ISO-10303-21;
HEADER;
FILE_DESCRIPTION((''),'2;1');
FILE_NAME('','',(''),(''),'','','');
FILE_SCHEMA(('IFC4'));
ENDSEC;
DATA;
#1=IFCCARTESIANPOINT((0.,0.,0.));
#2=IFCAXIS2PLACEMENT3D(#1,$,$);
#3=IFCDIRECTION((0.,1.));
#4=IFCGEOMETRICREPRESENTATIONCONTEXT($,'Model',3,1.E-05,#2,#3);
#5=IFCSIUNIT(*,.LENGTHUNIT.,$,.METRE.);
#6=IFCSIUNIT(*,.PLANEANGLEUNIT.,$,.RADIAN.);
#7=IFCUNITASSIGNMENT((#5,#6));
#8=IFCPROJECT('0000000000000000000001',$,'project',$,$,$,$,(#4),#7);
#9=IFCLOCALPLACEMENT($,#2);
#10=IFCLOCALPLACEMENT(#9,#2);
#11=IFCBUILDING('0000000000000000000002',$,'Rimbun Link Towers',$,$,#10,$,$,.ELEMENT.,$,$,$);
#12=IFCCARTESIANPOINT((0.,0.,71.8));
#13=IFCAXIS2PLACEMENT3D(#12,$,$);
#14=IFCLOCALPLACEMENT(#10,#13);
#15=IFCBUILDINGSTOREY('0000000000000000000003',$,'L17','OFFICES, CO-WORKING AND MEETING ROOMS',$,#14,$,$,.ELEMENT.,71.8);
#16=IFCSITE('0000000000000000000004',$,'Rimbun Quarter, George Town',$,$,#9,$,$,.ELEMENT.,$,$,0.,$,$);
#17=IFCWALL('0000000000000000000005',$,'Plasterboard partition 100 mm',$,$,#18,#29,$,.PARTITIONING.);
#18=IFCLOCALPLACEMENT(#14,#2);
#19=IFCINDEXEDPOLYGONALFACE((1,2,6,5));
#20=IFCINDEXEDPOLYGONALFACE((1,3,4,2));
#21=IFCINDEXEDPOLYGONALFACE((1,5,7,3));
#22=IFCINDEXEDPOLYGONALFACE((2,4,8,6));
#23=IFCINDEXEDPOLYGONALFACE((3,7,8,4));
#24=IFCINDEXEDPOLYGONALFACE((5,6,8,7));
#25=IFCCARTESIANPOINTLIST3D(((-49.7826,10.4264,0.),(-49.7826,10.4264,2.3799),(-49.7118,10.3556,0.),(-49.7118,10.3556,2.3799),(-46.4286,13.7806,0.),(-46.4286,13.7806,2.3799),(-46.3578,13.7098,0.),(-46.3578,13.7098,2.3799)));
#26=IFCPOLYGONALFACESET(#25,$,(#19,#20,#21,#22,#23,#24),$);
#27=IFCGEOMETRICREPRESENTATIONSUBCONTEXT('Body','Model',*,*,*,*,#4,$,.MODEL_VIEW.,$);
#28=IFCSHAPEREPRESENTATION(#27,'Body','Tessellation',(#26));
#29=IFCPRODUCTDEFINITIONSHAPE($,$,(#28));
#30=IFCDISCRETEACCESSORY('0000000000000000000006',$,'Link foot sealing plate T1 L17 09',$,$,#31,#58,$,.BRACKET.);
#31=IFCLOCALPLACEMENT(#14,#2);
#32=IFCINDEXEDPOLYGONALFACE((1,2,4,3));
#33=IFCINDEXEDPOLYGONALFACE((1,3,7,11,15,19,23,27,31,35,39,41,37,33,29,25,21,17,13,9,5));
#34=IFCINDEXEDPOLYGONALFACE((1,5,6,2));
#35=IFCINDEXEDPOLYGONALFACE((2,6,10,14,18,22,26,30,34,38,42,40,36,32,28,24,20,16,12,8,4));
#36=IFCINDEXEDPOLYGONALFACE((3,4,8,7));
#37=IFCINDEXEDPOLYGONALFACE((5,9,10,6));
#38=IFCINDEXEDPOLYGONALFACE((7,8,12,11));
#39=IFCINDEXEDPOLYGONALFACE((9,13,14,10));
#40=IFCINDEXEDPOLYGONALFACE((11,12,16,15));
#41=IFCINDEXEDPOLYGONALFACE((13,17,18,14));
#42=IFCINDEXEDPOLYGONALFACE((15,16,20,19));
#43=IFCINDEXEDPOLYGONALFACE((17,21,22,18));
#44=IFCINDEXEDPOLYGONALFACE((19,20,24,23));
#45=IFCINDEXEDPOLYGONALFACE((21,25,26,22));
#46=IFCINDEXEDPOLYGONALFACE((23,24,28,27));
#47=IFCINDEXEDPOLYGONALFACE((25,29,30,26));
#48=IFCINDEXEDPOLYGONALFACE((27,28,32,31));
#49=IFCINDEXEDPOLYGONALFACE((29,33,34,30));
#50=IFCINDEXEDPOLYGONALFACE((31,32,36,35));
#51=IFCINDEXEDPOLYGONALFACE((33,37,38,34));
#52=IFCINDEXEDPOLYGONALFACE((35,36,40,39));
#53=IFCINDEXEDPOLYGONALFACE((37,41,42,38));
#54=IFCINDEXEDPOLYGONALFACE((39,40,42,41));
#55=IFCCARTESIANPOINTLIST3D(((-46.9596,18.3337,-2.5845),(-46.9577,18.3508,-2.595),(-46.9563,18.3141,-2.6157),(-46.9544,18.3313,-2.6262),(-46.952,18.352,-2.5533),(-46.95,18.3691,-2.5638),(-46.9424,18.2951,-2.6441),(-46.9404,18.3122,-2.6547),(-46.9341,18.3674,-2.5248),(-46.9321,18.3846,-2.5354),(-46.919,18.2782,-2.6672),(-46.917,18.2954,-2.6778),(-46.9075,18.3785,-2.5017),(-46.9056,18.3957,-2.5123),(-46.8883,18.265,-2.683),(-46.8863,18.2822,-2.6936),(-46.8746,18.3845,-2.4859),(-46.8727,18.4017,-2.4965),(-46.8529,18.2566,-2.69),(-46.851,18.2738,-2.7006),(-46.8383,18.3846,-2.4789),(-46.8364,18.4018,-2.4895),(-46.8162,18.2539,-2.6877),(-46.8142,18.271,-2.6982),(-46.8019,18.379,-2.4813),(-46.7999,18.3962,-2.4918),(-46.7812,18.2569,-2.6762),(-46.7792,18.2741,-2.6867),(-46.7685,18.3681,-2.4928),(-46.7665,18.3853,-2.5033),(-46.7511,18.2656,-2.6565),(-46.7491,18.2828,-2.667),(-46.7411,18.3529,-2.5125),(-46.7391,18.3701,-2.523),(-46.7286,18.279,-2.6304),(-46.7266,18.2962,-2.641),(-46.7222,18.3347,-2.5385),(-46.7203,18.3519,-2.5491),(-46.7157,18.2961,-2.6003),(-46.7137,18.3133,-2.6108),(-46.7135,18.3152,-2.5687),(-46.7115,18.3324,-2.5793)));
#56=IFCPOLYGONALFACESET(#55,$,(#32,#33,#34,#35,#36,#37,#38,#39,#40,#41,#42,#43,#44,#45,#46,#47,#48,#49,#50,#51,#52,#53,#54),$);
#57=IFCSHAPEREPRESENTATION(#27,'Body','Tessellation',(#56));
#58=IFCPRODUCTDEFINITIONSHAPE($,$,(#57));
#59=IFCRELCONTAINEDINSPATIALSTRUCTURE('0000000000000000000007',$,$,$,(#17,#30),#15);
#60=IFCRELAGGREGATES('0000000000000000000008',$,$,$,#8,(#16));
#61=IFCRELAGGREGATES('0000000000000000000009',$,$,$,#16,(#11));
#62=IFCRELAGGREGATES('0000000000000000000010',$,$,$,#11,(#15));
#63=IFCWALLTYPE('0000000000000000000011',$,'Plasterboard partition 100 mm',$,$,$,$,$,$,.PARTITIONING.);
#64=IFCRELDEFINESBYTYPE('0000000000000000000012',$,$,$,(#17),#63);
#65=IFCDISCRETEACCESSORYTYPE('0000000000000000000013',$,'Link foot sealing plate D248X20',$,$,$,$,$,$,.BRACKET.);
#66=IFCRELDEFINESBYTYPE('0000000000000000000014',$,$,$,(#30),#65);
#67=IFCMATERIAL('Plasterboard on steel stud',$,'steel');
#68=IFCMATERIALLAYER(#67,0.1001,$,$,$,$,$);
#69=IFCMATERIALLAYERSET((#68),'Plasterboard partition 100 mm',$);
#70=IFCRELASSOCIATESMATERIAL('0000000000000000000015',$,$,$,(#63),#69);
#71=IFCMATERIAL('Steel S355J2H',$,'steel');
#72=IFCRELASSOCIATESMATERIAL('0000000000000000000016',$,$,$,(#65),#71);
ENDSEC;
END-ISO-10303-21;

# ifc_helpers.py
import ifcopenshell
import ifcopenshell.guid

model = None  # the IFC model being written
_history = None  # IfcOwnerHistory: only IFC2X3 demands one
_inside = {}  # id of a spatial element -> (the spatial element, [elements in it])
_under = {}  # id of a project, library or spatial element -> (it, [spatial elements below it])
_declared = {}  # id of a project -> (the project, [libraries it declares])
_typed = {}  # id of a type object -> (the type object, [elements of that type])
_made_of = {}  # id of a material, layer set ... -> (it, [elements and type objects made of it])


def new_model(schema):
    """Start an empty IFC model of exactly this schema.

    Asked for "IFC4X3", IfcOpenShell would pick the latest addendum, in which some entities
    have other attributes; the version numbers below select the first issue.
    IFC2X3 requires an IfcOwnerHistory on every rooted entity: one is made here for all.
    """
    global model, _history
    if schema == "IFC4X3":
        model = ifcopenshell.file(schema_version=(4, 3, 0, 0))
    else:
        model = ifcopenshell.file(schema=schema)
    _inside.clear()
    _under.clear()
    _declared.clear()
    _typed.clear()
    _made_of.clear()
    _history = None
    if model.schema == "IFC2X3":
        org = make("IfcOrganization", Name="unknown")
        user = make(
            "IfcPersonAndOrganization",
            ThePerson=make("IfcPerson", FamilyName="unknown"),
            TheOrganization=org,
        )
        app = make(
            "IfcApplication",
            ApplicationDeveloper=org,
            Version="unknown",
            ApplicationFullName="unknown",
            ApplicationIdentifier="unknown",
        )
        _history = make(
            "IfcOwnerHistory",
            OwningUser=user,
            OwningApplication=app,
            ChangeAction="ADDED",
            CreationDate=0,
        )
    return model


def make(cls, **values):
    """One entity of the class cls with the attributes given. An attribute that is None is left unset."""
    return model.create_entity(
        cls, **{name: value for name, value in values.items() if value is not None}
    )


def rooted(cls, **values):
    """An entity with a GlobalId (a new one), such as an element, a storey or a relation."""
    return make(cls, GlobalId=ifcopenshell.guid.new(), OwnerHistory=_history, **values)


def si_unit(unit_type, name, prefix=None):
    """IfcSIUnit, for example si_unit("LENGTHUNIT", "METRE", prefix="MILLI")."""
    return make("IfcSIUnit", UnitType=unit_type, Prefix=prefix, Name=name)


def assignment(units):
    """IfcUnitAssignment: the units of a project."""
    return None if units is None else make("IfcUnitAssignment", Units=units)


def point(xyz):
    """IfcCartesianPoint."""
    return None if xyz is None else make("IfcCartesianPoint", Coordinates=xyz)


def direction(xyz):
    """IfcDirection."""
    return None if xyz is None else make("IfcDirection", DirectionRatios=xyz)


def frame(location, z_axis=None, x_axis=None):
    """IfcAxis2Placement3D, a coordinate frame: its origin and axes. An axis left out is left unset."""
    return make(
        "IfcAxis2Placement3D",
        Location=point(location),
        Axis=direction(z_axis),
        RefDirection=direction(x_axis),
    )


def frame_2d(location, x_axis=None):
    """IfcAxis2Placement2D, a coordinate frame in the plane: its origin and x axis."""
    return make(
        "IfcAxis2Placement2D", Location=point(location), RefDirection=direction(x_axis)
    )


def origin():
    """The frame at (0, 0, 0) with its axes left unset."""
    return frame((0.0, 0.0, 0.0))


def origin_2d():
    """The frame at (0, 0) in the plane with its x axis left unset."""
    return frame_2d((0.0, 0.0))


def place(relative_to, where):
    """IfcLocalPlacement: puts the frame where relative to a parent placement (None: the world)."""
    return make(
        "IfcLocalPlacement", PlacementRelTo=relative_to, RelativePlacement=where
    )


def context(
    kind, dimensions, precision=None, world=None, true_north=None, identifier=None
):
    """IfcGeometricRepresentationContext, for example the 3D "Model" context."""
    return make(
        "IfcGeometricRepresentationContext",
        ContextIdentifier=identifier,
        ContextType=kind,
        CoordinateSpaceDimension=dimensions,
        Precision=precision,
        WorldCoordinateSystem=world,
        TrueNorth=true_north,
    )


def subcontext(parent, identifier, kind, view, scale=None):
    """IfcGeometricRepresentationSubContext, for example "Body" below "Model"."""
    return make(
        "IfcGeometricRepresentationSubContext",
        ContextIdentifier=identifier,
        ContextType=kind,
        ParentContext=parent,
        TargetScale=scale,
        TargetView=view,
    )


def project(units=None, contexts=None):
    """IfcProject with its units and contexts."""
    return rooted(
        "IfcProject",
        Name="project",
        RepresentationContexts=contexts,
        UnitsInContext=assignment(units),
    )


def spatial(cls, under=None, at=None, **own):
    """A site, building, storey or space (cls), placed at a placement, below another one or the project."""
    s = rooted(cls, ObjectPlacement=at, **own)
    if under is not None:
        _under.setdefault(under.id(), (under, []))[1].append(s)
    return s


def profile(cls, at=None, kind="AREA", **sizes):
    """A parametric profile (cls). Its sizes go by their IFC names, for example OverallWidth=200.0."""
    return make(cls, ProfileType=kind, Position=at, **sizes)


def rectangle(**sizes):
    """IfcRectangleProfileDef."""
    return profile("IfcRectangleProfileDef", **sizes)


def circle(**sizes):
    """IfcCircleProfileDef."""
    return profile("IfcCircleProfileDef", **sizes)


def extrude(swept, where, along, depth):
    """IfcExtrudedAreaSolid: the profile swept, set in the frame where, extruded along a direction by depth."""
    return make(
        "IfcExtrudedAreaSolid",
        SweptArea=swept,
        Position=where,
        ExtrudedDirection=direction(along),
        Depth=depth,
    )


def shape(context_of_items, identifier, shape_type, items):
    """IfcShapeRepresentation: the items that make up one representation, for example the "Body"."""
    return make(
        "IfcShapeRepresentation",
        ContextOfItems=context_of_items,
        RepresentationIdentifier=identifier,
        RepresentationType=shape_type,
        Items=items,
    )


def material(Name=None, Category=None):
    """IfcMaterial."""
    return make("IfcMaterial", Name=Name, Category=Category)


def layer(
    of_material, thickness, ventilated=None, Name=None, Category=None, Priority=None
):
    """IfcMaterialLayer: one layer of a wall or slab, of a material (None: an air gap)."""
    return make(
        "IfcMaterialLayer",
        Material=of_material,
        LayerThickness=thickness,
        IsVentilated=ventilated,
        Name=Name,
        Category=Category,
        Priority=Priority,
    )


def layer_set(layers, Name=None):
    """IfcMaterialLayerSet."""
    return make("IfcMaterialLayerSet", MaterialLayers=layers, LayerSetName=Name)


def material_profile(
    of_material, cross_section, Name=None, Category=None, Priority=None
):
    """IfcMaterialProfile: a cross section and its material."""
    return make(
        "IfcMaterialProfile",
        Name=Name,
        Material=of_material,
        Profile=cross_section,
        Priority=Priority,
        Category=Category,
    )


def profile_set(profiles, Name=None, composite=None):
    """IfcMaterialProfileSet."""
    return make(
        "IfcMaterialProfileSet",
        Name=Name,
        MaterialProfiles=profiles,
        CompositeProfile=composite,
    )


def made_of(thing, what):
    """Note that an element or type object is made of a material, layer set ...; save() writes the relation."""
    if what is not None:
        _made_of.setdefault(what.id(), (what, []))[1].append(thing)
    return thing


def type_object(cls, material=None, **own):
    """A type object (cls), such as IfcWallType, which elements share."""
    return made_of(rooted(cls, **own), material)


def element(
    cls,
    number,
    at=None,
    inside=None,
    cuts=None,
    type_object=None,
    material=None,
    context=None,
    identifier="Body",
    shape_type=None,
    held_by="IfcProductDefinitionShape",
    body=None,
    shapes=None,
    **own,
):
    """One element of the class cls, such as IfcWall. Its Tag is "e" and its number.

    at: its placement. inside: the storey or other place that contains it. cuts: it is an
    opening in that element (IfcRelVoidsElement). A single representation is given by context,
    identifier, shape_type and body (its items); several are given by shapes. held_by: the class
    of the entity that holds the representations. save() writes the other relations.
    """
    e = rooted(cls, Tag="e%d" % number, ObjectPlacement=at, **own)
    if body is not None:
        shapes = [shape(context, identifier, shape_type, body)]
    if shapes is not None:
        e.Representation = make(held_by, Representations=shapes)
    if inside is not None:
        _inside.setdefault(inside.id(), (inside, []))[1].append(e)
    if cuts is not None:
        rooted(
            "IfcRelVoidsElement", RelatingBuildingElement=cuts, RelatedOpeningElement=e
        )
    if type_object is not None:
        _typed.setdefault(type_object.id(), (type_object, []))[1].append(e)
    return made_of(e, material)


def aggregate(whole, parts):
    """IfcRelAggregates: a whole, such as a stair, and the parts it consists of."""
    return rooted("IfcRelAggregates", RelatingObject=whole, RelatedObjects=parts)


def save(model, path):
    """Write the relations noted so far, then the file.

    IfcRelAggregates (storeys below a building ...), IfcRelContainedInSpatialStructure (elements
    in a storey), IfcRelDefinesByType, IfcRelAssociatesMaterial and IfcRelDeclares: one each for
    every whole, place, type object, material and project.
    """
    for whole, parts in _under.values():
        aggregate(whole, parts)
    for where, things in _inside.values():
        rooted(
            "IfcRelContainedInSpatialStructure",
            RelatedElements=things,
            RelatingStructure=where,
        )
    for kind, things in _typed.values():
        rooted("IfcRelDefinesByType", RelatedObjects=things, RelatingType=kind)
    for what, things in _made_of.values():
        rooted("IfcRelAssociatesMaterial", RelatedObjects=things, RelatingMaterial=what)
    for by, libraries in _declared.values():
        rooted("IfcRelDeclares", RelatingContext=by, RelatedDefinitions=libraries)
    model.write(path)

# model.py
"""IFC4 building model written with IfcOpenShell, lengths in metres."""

from ifc_helpers import new_model, si_unit, direction, frame, frame_2d, origin, origin_2d, place, context, subcontext, project, spatial, rectangle, circle, extrude, material, layer, layer_set, material_profile, profile_set, type_object, element, save


model = new_model("IFC4")

# Units and contexts
model_context = context("Model", 3, precision=1e-05, world=origin(), true_north=direction((0.0, 1.0)))
body_context = subcontext(model_context, "Body", "Model", "MODEL_VIEW")
ifc_project = project(units=[si_unit("LENGTHUNIT", "METRE"), si_unit("PLANEANGLEUNIT", "RADIAN")], contexts=[model_context])

# Site, building, storey
site_placement = place(None, origin())
site = spatial("IfcSite", under=ifc_project, at=site_placement, Name="Rimbun Quarter, George Town", CompositionType="ELEMENT", RefElevation=0.0)
building_placement = place(site_placement, origin())
building = spatial("IfcBuilding", under=site, at=building_placement, Name="Rimbun Link Towers", CompositionType="ELEMENT")
storey_placement = place(building_placement, frame((0.0, 0.0, 71.8)))
storey = spatial("IfcBuildingStorey", under=building, at=storey_placement, Name="L17", Description="OFFICES, CO-WORKING AND MEETING ROOMS", CompositionType="ELEMENT", Elevation=71.8)

# Shared definitions
ifc_material_1 = material(Name="Plasterboard on steel stud", Category="steel")
ifc_layer_1 = layer(ifc_material_1, 0.1001)
ifc_layer_set_1 = layer_set([ifc_layer_1], Name="Plasterboard partition 100 mm")
wall_type = type_object("IfcWallType", Name="Plasterboard partition 100 mm", PredefinedType="PARTITIONING", material=ifc_layer_set_1)

# Wall
wall_1_placement = place(storey_placement, frame((-46.3933, 13.7451, 0.0), z_axis=(0.0, 0.0, 1.0), x_axis=(-0.707081, -0.707133, 0.0)))
element("IfcWall", 1, at=wall_1_placement, inside=storey, type_object=wall_type, Name="Plasterboard partition 100 mm", PredefinedType="PARTITIONING", context=body_context, shape_type="SweptSolid", body=[
    extrude(rectangle(XDim=4.7434, YDim=0.1001, at=frame_2d((2.3716, 0.0))), origin(), (0.0, 0.0, 1.0), 2.3799),
])

# Discrete accessory
ifc_material_2 = material(Name="Steel S355J2H", Category="steel")
ifc_material_profile_1 = material_profile(ifc_material_2, circle(Radius=0.124, at=origin_2d()), Name="PL D248")
ifc_profile_set_1 = profile_set([ifc_material_profile_1], Name="Steel S355J2H")
discrete_accessory_type = type_object("IfcDiscreteAccessoryType", Name="Link foot sealing plate D248X20", PredefinedType="BRACKET", material=ifc_profile_set_1)
discrete_accessory_placement = place(storey_placement, frame((-46.8364, 18.3196, -2.5845), z_axis=(0.096922, 0.848064, -0.520954), x_axis=(-0.993533, 0.113547, 0.0)))
element("IfcDiscreteAccessory", 2, at=discrete_accessory_placement, inside=storey, type_object=discrete_accessory_type, Name="Link foot sealing plate T1 L17 09", PredefinedType="BRACKET", context=body_context, shape_type="SweptSolid", body=[
    extrude(circle(Radius=0.124, at=origin_2d()), origin(), (0.0, 0.0, 1.0), 0.0203),
])

save(model, "model.ifc")
